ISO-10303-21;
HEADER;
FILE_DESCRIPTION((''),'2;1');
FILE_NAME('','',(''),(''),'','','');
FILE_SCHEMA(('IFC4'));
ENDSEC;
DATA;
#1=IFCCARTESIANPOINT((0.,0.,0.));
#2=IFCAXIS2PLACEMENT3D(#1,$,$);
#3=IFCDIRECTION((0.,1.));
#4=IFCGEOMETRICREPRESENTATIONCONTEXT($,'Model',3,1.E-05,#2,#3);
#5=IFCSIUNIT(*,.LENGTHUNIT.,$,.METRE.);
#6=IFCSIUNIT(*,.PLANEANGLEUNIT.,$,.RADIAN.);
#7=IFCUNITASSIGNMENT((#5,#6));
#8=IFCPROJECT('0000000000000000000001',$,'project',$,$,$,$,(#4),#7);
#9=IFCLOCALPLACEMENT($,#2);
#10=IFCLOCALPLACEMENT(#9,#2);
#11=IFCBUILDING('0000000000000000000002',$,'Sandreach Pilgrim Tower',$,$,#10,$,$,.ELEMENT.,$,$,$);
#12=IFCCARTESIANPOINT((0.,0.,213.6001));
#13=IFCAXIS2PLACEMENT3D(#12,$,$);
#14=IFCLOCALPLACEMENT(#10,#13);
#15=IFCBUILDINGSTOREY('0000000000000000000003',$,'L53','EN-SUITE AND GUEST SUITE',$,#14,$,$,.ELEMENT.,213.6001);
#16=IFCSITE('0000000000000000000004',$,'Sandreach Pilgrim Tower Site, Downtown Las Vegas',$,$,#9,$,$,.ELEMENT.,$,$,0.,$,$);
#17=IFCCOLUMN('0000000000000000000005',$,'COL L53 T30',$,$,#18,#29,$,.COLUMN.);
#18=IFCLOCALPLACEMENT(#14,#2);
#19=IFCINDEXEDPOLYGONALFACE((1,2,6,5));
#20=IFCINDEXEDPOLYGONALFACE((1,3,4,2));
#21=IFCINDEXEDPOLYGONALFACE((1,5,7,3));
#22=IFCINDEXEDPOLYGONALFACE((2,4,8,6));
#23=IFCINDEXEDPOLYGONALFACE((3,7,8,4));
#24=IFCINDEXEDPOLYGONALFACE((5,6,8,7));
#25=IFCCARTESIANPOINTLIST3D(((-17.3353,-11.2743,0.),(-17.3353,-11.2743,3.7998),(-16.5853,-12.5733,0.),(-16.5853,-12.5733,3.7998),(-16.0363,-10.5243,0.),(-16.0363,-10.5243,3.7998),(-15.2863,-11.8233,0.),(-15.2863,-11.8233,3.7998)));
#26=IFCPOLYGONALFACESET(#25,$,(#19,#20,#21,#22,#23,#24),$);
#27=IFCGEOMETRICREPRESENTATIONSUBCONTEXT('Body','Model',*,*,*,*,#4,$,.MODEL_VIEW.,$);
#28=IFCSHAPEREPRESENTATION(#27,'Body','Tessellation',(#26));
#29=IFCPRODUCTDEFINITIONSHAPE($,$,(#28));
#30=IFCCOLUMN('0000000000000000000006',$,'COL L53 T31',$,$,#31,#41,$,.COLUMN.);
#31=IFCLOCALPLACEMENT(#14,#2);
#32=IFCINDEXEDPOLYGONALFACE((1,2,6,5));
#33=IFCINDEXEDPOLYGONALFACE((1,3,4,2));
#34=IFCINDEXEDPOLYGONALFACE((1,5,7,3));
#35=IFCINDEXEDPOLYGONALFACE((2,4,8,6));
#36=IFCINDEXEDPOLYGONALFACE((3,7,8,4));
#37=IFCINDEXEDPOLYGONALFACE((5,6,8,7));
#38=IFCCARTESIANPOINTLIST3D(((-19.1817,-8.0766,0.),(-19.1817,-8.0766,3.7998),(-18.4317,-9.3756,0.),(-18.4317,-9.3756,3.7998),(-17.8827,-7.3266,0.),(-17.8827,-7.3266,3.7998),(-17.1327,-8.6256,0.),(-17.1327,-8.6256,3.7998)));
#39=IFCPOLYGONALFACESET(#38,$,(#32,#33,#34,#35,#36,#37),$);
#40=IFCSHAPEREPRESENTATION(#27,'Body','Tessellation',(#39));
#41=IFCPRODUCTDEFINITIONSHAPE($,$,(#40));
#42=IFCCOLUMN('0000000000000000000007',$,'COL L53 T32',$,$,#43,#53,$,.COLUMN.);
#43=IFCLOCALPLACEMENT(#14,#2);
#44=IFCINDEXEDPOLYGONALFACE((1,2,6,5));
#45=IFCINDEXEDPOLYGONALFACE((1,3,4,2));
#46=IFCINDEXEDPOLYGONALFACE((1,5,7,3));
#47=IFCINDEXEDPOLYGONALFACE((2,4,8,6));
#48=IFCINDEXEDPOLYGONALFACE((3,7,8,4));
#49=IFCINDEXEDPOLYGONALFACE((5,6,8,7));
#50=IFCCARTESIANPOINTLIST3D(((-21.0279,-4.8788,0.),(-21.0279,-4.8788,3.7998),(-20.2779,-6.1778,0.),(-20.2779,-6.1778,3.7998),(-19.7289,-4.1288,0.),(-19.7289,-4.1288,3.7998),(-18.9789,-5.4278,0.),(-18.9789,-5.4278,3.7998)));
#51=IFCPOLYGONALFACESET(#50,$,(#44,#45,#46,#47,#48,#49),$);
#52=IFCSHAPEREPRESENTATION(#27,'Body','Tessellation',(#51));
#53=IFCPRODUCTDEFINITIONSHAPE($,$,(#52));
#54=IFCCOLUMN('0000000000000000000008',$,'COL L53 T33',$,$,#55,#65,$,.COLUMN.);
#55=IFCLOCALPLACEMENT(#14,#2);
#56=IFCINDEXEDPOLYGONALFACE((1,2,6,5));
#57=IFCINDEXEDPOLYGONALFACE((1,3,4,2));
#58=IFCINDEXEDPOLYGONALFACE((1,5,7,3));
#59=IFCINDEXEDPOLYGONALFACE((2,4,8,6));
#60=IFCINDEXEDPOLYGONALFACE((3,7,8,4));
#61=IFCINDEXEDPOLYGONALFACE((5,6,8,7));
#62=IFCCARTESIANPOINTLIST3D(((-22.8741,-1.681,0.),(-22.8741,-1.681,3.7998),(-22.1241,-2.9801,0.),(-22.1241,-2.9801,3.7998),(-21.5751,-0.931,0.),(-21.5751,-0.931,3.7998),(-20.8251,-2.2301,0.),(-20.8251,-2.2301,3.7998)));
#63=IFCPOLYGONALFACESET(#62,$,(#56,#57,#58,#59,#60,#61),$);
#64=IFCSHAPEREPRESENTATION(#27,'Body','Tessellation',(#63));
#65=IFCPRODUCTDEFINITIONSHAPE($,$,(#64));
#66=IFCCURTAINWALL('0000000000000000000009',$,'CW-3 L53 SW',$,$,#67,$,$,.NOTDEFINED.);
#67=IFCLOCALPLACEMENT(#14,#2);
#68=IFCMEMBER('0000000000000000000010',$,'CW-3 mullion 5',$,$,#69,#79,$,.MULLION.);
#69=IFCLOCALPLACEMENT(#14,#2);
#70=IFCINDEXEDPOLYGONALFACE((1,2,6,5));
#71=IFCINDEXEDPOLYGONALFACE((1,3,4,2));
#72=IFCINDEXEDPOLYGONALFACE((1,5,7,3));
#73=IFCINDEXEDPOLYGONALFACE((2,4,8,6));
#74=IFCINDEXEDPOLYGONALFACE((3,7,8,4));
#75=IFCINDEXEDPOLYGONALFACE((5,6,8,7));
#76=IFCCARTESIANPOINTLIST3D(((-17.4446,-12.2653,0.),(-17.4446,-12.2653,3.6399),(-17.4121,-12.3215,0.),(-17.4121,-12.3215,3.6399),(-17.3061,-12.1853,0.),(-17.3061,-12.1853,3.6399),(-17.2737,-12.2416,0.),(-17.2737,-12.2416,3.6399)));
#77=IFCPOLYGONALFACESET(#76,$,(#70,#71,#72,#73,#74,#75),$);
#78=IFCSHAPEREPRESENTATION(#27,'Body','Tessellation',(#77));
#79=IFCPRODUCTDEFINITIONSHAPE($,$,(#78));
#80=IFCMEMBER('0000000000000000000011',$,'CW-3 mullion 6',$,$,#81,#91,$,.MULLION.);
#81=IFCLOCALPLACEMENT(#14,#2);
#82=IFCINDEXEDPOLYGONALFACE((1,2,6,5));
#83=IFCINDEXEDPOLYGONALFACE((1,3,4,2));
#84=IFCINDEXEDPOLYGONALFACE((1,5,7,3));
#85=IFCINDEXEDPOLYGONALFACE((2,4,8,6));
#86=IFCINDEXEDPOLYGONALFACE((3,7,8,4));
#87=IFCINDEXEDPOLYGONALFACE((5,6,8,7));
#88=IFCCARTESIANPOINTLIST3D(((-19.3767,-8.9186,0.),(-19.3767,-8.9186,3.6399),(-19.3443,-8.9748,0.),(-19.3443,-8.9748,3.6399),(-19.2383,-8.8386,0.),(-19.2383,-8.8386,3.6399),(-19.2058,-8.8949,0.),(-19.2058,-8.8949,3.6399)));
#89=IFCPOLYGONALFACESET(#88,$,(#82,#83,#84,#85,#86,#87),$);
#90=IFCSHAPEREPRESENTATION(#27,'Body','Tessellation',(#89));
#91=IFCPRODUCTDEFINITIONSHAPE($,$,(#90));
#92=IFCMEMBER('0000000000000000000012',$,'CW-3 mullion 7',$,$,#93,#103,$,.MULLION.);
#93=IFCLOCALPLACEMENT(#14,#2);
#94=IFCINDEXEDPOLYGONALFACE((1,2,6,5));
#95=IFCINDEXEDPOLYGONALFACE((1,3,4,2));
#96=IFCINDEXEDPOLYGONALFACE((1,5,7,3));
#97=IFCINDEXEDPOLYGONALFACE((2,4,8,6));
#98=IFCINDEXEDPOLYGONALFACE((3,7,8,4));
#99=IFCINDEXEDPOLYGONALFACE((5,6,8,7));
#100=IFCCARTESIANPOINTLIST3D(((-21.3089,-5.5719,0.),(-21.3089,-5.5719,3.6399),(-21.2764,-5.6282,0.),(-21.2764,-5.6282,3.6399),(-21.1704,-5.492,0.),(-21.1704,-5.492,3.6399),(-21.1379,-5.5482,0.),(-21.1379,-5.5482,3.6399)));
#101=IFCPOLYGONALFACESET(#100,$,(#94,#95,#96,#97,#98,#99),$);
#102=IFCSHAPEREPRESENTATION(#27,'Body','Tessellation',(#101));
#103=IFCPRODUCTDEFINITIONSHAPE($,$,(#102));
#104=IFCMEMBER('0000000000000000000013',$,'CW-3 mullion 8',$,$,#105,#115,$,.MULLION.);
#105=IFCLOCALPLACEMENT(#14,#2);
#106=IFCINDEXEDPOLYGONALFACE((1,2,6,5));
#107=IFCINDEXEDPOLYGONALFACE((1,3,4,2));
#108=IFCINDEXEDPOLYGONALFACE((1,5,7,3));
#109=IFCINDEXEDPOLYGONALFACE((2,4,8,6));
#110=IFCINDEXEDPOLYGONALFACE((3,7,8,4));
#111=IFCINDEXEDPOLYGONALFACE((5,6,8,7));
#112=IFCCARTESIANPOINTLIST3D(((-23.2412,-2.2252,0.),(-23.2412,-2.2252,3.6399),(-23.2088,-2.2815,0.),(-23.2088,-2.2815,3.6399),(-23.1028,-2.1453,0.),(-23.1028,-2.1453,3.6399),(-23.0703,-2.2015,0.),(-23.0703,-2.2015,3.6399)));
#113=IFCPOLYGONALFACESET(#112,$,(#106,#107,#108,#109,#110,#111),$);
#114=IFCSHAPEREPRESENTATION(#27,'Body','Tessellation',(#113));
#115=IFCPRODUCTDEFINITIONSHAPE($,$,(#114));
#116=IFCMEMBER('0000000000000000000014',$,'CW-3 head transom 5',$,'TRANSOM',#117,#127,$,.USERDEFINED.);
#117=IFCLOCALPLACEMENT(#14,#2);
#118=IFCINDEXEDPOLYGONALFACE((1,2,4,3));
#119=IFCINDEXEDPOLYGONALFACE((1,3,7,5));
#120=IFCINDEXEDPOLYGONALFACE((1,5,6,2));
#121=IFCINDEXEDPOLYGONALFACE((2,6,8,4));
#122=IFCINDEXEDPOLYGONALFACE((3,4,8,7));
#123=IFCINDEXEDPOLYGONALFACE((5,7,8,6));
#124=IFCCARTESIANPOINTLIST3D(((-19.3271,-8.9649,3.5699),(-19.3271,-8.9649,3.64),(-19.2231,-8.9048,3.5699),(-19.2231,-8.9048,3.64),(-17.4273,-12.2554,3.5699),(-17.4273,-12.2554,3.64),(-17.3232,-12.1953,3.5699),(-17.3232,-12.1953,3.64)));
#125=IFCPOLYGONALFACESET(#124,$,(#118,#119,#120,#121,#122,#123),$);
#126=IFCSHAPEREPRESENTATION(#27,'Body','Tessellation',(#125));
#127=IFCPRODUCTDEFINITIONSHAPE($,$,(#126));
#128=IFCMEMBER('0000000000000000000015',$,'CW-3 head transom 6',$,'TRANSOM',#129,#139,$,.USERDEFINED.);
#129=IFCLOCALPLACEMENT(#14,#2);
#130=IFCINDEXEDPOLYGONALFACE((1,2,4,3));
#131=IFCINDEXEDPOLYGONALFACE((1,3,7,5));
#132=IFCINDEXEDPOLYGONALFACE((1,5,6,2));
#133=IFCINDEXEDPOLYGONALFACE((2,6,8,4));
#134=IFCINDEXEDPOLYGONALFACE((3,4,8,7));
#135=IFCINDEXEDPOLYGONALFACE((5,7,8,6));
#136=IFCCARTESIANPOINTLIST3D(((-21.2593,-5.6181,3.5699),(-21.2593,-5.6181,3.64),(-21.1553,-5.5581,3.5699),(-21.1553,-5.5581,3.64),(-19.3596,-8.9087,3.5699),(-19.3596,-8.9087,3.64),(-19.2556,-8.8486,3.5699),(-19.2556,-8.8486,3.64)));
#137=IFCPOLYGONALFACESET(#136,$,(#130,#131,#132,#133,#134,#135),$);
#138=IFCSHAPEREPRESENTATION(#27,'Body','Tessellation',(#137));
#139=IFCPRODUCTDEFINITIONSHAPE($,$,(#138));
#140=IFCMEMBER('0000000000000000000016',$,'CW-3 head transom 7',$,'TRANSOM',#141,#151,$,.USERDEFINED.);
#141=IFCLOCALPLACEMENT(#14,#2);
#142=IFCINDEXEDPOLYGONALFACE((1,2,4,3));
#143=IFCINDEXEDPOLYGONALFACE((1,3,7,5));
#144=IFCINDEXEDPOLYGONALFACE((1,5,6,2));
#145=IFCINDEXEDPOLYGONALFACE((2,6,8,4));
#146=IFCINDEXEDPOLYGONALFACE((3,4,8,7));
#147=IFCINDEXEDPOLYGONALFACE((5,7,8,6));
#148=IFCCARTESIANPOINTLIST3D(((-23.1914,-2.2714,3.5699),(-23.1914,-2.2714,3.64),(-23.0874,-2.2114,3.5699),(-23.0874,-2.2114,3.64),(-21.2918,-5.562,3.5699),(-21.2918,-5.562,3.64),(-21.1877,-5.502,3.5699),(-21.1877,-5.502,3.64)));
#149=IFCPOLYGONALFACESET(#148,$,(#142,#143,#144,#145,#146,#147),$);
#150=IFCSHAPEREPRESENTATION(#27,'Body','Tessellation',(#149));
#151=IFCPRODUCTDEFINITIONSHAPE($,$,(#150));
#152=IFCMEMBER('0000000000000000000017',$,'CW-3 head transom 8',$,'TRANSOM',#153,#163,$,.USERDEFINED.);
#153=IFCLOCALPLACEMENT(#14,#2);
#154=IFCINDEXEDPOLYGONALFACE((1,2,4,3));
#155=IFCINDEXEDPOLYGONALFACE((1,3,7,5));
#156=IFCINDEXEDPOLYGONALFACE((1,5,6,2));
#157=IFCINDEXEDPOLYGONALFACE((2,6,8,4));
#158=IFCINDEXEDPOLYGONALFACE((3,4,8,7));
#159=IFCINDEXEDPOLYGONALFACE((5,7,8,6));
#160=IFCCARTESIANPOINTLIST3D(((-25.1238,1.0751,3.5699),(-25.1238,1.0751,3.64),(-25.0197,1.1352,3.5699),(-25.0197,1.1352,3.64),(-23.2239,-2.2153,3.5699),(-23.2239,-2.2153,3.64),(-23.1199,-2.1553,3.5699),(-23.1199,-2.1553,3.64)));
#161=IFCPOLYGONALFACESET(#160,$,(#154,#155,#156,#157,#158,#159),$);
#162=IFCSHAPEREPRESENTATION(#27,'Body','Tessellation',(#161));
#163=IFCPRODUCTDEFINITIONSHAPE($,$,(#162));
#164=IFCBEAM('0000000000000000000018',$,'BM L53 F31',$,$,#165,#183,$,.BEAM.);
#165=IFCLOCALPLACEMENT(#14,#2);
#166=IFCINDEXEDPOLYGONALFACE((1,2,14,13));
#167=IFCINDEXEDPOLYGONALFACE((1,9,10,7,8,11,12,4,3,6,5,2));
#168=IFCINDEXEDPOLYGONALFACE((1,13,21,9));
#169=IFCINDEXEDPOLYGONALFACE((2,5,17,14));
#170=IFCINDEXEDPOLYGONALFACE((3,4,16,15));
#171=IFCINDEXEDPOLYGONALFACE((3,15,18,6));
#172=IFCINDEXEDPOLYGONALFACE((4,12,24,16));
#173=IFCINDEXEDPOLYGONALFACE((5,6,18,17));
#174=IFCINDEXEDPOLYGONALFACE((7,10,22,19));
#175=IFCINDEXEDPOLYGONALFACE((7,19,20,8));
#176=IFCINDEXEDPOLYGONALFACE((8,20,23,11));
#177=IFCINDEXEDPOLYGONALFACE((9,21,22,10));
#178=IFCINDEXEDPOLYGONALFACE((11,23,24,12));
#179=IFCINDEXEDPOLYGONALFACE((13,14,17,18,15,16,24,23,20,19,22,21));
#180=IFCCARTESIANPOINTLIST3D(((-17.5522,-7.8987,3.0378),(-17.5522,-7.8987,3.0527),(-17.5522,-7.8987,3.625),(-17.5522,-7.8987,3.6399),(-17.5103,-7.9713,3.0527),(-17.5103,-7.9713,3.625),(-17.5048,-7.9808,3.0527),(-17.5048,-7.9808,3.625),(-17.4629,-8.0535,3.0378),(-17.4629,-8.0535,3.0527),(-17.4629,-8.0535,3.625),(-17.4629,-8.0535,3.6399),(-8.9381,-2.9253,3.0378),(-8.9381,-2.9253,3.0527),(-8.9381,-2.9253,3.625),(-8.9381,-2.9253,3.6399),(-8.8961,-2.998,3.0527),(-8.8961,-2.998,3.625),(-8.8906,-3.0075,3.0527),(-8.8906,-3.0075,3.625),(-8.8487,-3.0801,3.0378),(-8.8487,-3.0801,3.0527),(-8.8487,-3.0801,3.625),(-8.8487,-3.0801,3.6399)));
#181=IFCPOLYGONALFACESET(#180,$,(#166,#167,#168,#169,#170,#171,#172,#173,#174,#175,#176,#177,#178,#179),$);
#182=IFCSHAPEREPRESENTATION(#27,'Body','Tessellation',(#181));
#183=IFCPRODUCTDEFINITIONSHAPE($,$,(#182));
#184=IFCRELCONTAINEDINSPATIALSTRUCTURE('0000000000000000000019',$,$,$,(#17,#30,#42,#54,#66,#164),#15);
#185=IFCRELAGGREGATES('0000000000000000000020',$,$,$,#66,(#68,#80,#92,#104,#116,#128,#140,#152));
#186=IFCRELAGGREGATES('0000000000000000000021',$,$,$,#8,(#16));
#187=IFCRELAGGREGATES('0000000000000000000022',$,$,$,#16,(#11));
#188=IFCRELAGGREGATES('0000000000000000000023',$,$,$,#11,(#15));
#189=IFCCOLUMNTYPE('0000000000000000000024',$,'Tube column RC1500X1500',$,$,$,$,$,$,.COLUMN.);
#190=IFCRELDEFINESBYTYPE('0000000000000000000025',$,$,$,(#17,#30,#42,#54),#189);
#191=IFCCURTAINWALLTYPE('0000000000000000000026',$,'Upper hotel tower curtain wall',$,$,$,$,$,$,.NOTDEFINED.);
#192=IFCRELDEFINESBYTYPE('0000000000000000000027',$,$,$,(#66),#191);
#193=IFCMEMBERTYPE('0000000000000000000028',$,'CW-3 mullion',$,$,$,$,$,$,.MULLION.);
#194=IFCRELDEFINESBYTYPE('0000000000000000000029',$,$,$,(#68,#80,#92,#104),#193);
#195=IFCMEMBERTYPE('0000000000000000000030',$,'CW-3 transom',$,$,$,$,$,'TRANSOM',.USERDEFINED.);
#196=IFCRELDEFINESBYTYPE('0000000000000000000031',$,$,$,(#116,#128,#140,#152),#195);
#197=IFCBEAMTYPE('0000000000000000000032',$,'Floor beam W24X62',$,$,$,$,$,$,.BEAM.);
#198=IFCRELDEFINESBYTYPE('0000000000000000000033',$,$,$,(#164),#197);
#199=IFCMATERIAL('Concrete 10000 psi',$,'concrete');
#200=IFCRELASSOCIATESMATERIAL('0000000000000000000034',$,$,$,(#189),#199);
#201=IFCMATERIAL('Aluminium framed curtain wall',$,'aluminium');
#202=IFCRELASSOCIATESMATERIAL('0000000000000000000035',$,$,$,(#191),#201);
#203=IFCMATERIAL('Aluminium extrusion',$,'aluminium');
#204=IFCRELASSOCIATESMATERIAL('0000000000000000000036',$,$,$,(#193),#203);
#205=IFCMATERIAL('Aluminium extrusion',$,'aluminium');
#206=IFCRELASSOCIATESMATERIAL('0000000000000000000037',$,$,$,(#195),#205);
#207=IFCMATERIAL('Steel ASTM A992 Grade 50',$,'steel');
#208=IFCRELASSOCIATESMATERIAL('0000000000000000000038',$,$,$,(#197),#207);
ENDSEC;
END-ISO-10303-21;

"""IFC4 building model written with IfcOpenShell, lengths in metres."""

from ifc_helpers import new_model, si_unit, direction, frame, origin, origin_2d, place, context, subcontext, project, spatial, rectangle, i_section, extrude, material, material_profile, profile_set, type_object, element, aggregate, save


model = new_model("IFC4")

# Units and contexts
model_context = context("Model", 3, precision=1e-05, world=origin(), true_north=direction((0.0, 1.0)))
body_context = subcontext(model_context, "Body", "Model", "MODEL_VIEW")
ifc_project = project(units=[si_unit("LENGTHUNIT", "METRE"), si_unit("PLANEANGLEUNIT", "RADIAN")], contexts=[model_context])

# Site, building, storey
site_placement = place(None, origin())
site = spatial("IfcSite", under=ifc_project, at=site_placement, Name="Sandreach Pilgrim Tower Site, Downtown Las Vegas", CompositionType="ELEMENT", RefElevation=0.0)
building_placement = place(site_placement, origin())
building = spatial("IfcBuilding", under=site, at=building_placement, Name="Sandreach Pilgrim Tower", CompositionType="ELEMENT")
storey_placement = place(building_placement, frame((0.0, 0.0, 213.6001)))
storey = spatial("IfcBuildingStorey", under=building, at=storey_placement, Name="L53", Description="EN-SUITE AND GUEST SUITE", CompositionType="ELEMENT", Elevation=213.6001)

# Columns
ifc_material_1 = material(Name="Concrete 10000 psi", Category="concrete")
ifc_material_profile_1 = material_profile(ifc_material_1, rectangle(XDim=1.5, YDim=1.5, at=origin_2d()), Name="RC1500X1500")
ifc_profile_set_1 = profile_set([ifc_material_profile_1], Name="Concrete 10000 psi")
column_type = type_object("IfcColumnType", Name="Tube column RC1500X1500", PredefinedType="COLUMN", material=ifc_profile_set_1)
for number, where, z_axis, x_axis, name in (
    (1, (-16.3108, -11.5488, 0.0), (0.0, 0.0, 1.0), (-0.866025, -0.5, 0.0), "COL L53 T30"),
    (2, (-18.1572, -8.3511, 0.0), (0.0, 0.0, 1.0), (-0.866025, -0.5, 0.0), "COL L53 T31"),
    (3, (-20.0034, -5.1533, 0.0), (0.0, 0.0, 1.0), (-0.866025, -0.5, 0.0), "COL L53 T32"),
    (4, (-21.8496, -1.9556, 0.0), (0.0, 0.0, 1.0), (-0.866025, -0.5, 0.0), "COL L53 T33"),
):
    element("IfcColumn", number, at=place(storey_placement, frame(where, z_axis=z_axis, x_axis=x_axis)), inside=storey, type_object=column_type, Name=name, PredefinedType="COLUMN", context=body_context, shape_type="SweptSolid", body=[
        extrude(rectangle(XDim=1.5, YDim=1.5, at=origin_2d()), origin(), (0.0, 0.0, 1.0), 3.7998),
    ])

# Curtain wall, members
ifc_material_2 = material(Name="Aluminium framed curtain wall", Category="aluminium")
curtain_wall_type = type_object("IfcCurtainWallType", Name="Upper hotel tower curtain wall", PredefinedType="NOTDEFINED", material=ifc_material_2)
curtain_wall_placement = place(storey_placement, origin())
curtain_wall = element("IfcCurtainWall", 5, at=curtain_wall_placement, inside=storey, type_object=curtain_wall_type, Name="CW-3 L53 SW", PredefinedType="NOTDEFINED")
ifc_material_3 = material(Name="Aluminium extrusion", Category="aluminium")
ifc_material_profile_2 = material_profile(ifc_material_3, rectangle(XDim=0.0649, YDim=0.1599, at=origin_2d()), Name="CW-3M 65X160")
ifc_profile_set_2 = profile_set([ifc_material_profile_2], Name="Aluminium extrusion")
member_type_1 = type_object("IfcMemberType", Name="CW-3 mullion", PredefinedType="MULLION", material=ifc_profile_set_2)
member_1_placement = place(storey_placement, frame((-17.3591, -12.2534, 0.0), z_axis=(0.0, 0.0, 1.0), x_axis=(-0.5, 0.866025, 0.0)))
member_1 = element("IfcMember", 6, at=member_1_placement, type_object=member_type_1, Name="CW-3 mullion 5", PredefinedType="MULLION", context=body_context, shape_type="SweptSolid", body=[
    extrude(rectangle(XDim=0.0649, YDim=0.1599, at=origin_2d()), origin(), (0.0, 0.0, 1.0), 3.6399),
])
member_2_placement = place(storey_placement, frame((-19.2913, -8.9067, 0.0), z_axis=(0.0, 0.0, 1.0), x_axis=(-0.5, 0.866025, 0.0)))
member_2 = element("IfcMember", 7, at=member_2_placement, type_object=member_type_1, Name="CW-3 mullion 6", PredefinedType="MULLION", context=body_context, shape_type="SweptSolid", body=[
    extrude(rectangle(XDim=0.0649, YDim=0.1599, at=origin_2d()), origin(), (0.0, 0.0, 1.0), 3.6399),
])
member_3_placement = place(storey_placement, frame((-21.2234, -5.5601, 0.0), z_axis=(0.0, 0.0, 1.0), x_axis=(-0.5, 0.866025, 0.0)))
member_3 = element("IfcMember", 8, at=member_3_placement, type_object=member_type_1, Name="CW-3 mullion 7", PredefinedType="MULLION", context=body_context, shape_type="SweptSolid", body=[
    extrude(rectangle(XDim=0.0649, YDim=0.1599, at=origin_2d()), origin(), (0.0, 0.0, 1.0), 3.6399),
])
member_4_placement = place(storey_placement, frame((-23.1558, -2.2134, 0.0), z_axis=(0.0, 0.0, 1.0), x_axis=(-0.5, 0.866025, 0.0)))
member_4 = element("IfcMember", 9, at=member_4_placement, type_object=member_type_1, Name="CW-3 mullion 8", PredefinedType="MULLION", context=body_context, shape_type="SweptSolid", body=[
    extrude(rectangle(XDim=0.0649, YDim=0.1599, at=origin_2d()), origin(), (0.0, 0.0, 1.0), 3.6399),
])
ifc_material_4 = material(Name="Aluminium extrusion", Category="aluminium")
ifc_material_profile_3 = material_profile(ifc_material_4, rectangle(XDim=0.1201, YDim=0.0701, at=origin_2d()), Name="CW-3T 120X70")
ifc_profile_set_3 = profile_set([ifc_material_profile_3], Name="Aluminium extrusion")
member_type_2 = type_object("IfcMemberType", Name="CW-3 transom", ElementType="TRANSOM", PredefinedType="USERDEFINED", material=ifc_profile_set_3)
member_5_placement = place(storey_placement, frame((-17.3752, -12.2253, 3.605), z_axis=(-0.500023, 0.866012, 0.0), x_axis=(-0.866012, -0.500023, 0.0)))
member_5 = element("IfcMember", 10, at=member_5_placement, type_object=member_type_2, Name="CW-3 head transom 5", ObjectType="TRANSOM", PredefinedType="USERDEFINED", context=body_context, shape_type="SweptSolid", body=[
    extrude(rectangle(XDim=0.1201, YDim=0.0701, at=origin_2d()), origin(), (0.0, 0.0, 1.0), 3.7996),
])
member_6_placement = place(storey_placement, frame((-19.3076, -8.8787, 3.605), z_axis=(-0.499975, 0.86604, 0.0), x_axis=(-0.86604, -0.499975, 0.0)))
member_6 = element("IfcMember", 11, at=member_6_placement, type_object=member_type_2, Name="CW-3 head transom 6", ObjectType="TRANSOM", PredefinedType="USERDEFINED", context=body_context, shape_type="SweptSolid", body=[
    extrude(rectangle(XDim=0.1201, YDim=0.0701, at=origin_2d()), origin(), (0.0, 0.0, 1.0), 3.7996),
])
member_7_placement = place(storey_placement, frame((-21.2397, -5.532, 3.605), z_axis=(-0.499975, 0.86604, 0.0), x_axis=(-0.86604, -0.499975, 0.0)))
member_7 = element("IfcMember", 12, at=member_7_placement, type_object=member_type_2, Name="CW-3 head transom 7", ObjectType="TRANSOM", PredefinedType="USERDEFINED", context=body_context, shape_type="SweptSolid", body=[
    extrude(rectangle(XDim=0.1201, YDim=0.0701, at=origin_2d()), origin(), (0.0, 0.0, 1.0), 3.7996),
])
member_8_placement = place(storey_placement, frame((-23.1719, -2.1853, 3.605), z_axis=(-0.500023, 0.866012, 0.0), x_axis=(-0.866012, -0.500023, 0.0)))
member_8 = element("IfcMember", 13, at=member_8_placement, type_object=member_type_2, Name="CW-3 head transom 8", ObjectType="TRANSOM", PredefinedType="USERDEFINED", context=body_context, shape_type="SweptSolid", body=[
    extrude(rectangle(XDim=0.1201, YDim=0.0701, at=origin_2d()), origin(), (0.0, 0.0, 1.0), 3.7996),
])

# Beam
ifc_material_5 = material(Name="Steel ASTM A992 Grade 50", Category="steel")
ifc_material_profile_4 = material_profile(ifc_material_5, i_section(OverallWidth=0.1787, OverallDepth=0.6021, WebThickness=0.011, FlangeThickness=0.0149, at=origin_2d()), Name="W24X62")
ifc_profile_set_4 = profile_set([ifc_material_profile_4], Name="Steel ASTM A992 Grade 50")
beam_type_1 = type_object("IfcBeamType", Name="Floor beam W24X62", PredefinedType="BEAM", material=ifc_profile_set_4)
beam_1_placement = place(storey_placement, frame((-17.5076, -7.9761, 3.3389), z_axis=(0.866028, 0.499996, 0.0), x_axis=(-0.499996, 0.866028, 0.0)))
element("IfcBeam", 14, at=beam_1_placement, inside=storey, type_object=beam_type_1, Name="BM L53 F31", PredefinedType="BEAM", context=body_context, shape_type="SweptSolid", body=[
    extrude(i_section(OverallWidth=0.1787, OverallDepth=0.6021, WebThickness=0.011, FlangeThickness=0.0149, at=origin_2d()), origin(), (0.0, 0.0, 1.0), 9.9468),
])

aggregate(curtain_wall, [member_1, member_2, member_3, member_4, member_5, member_6, member_7, member_8])

save(model, "model.ifc")
